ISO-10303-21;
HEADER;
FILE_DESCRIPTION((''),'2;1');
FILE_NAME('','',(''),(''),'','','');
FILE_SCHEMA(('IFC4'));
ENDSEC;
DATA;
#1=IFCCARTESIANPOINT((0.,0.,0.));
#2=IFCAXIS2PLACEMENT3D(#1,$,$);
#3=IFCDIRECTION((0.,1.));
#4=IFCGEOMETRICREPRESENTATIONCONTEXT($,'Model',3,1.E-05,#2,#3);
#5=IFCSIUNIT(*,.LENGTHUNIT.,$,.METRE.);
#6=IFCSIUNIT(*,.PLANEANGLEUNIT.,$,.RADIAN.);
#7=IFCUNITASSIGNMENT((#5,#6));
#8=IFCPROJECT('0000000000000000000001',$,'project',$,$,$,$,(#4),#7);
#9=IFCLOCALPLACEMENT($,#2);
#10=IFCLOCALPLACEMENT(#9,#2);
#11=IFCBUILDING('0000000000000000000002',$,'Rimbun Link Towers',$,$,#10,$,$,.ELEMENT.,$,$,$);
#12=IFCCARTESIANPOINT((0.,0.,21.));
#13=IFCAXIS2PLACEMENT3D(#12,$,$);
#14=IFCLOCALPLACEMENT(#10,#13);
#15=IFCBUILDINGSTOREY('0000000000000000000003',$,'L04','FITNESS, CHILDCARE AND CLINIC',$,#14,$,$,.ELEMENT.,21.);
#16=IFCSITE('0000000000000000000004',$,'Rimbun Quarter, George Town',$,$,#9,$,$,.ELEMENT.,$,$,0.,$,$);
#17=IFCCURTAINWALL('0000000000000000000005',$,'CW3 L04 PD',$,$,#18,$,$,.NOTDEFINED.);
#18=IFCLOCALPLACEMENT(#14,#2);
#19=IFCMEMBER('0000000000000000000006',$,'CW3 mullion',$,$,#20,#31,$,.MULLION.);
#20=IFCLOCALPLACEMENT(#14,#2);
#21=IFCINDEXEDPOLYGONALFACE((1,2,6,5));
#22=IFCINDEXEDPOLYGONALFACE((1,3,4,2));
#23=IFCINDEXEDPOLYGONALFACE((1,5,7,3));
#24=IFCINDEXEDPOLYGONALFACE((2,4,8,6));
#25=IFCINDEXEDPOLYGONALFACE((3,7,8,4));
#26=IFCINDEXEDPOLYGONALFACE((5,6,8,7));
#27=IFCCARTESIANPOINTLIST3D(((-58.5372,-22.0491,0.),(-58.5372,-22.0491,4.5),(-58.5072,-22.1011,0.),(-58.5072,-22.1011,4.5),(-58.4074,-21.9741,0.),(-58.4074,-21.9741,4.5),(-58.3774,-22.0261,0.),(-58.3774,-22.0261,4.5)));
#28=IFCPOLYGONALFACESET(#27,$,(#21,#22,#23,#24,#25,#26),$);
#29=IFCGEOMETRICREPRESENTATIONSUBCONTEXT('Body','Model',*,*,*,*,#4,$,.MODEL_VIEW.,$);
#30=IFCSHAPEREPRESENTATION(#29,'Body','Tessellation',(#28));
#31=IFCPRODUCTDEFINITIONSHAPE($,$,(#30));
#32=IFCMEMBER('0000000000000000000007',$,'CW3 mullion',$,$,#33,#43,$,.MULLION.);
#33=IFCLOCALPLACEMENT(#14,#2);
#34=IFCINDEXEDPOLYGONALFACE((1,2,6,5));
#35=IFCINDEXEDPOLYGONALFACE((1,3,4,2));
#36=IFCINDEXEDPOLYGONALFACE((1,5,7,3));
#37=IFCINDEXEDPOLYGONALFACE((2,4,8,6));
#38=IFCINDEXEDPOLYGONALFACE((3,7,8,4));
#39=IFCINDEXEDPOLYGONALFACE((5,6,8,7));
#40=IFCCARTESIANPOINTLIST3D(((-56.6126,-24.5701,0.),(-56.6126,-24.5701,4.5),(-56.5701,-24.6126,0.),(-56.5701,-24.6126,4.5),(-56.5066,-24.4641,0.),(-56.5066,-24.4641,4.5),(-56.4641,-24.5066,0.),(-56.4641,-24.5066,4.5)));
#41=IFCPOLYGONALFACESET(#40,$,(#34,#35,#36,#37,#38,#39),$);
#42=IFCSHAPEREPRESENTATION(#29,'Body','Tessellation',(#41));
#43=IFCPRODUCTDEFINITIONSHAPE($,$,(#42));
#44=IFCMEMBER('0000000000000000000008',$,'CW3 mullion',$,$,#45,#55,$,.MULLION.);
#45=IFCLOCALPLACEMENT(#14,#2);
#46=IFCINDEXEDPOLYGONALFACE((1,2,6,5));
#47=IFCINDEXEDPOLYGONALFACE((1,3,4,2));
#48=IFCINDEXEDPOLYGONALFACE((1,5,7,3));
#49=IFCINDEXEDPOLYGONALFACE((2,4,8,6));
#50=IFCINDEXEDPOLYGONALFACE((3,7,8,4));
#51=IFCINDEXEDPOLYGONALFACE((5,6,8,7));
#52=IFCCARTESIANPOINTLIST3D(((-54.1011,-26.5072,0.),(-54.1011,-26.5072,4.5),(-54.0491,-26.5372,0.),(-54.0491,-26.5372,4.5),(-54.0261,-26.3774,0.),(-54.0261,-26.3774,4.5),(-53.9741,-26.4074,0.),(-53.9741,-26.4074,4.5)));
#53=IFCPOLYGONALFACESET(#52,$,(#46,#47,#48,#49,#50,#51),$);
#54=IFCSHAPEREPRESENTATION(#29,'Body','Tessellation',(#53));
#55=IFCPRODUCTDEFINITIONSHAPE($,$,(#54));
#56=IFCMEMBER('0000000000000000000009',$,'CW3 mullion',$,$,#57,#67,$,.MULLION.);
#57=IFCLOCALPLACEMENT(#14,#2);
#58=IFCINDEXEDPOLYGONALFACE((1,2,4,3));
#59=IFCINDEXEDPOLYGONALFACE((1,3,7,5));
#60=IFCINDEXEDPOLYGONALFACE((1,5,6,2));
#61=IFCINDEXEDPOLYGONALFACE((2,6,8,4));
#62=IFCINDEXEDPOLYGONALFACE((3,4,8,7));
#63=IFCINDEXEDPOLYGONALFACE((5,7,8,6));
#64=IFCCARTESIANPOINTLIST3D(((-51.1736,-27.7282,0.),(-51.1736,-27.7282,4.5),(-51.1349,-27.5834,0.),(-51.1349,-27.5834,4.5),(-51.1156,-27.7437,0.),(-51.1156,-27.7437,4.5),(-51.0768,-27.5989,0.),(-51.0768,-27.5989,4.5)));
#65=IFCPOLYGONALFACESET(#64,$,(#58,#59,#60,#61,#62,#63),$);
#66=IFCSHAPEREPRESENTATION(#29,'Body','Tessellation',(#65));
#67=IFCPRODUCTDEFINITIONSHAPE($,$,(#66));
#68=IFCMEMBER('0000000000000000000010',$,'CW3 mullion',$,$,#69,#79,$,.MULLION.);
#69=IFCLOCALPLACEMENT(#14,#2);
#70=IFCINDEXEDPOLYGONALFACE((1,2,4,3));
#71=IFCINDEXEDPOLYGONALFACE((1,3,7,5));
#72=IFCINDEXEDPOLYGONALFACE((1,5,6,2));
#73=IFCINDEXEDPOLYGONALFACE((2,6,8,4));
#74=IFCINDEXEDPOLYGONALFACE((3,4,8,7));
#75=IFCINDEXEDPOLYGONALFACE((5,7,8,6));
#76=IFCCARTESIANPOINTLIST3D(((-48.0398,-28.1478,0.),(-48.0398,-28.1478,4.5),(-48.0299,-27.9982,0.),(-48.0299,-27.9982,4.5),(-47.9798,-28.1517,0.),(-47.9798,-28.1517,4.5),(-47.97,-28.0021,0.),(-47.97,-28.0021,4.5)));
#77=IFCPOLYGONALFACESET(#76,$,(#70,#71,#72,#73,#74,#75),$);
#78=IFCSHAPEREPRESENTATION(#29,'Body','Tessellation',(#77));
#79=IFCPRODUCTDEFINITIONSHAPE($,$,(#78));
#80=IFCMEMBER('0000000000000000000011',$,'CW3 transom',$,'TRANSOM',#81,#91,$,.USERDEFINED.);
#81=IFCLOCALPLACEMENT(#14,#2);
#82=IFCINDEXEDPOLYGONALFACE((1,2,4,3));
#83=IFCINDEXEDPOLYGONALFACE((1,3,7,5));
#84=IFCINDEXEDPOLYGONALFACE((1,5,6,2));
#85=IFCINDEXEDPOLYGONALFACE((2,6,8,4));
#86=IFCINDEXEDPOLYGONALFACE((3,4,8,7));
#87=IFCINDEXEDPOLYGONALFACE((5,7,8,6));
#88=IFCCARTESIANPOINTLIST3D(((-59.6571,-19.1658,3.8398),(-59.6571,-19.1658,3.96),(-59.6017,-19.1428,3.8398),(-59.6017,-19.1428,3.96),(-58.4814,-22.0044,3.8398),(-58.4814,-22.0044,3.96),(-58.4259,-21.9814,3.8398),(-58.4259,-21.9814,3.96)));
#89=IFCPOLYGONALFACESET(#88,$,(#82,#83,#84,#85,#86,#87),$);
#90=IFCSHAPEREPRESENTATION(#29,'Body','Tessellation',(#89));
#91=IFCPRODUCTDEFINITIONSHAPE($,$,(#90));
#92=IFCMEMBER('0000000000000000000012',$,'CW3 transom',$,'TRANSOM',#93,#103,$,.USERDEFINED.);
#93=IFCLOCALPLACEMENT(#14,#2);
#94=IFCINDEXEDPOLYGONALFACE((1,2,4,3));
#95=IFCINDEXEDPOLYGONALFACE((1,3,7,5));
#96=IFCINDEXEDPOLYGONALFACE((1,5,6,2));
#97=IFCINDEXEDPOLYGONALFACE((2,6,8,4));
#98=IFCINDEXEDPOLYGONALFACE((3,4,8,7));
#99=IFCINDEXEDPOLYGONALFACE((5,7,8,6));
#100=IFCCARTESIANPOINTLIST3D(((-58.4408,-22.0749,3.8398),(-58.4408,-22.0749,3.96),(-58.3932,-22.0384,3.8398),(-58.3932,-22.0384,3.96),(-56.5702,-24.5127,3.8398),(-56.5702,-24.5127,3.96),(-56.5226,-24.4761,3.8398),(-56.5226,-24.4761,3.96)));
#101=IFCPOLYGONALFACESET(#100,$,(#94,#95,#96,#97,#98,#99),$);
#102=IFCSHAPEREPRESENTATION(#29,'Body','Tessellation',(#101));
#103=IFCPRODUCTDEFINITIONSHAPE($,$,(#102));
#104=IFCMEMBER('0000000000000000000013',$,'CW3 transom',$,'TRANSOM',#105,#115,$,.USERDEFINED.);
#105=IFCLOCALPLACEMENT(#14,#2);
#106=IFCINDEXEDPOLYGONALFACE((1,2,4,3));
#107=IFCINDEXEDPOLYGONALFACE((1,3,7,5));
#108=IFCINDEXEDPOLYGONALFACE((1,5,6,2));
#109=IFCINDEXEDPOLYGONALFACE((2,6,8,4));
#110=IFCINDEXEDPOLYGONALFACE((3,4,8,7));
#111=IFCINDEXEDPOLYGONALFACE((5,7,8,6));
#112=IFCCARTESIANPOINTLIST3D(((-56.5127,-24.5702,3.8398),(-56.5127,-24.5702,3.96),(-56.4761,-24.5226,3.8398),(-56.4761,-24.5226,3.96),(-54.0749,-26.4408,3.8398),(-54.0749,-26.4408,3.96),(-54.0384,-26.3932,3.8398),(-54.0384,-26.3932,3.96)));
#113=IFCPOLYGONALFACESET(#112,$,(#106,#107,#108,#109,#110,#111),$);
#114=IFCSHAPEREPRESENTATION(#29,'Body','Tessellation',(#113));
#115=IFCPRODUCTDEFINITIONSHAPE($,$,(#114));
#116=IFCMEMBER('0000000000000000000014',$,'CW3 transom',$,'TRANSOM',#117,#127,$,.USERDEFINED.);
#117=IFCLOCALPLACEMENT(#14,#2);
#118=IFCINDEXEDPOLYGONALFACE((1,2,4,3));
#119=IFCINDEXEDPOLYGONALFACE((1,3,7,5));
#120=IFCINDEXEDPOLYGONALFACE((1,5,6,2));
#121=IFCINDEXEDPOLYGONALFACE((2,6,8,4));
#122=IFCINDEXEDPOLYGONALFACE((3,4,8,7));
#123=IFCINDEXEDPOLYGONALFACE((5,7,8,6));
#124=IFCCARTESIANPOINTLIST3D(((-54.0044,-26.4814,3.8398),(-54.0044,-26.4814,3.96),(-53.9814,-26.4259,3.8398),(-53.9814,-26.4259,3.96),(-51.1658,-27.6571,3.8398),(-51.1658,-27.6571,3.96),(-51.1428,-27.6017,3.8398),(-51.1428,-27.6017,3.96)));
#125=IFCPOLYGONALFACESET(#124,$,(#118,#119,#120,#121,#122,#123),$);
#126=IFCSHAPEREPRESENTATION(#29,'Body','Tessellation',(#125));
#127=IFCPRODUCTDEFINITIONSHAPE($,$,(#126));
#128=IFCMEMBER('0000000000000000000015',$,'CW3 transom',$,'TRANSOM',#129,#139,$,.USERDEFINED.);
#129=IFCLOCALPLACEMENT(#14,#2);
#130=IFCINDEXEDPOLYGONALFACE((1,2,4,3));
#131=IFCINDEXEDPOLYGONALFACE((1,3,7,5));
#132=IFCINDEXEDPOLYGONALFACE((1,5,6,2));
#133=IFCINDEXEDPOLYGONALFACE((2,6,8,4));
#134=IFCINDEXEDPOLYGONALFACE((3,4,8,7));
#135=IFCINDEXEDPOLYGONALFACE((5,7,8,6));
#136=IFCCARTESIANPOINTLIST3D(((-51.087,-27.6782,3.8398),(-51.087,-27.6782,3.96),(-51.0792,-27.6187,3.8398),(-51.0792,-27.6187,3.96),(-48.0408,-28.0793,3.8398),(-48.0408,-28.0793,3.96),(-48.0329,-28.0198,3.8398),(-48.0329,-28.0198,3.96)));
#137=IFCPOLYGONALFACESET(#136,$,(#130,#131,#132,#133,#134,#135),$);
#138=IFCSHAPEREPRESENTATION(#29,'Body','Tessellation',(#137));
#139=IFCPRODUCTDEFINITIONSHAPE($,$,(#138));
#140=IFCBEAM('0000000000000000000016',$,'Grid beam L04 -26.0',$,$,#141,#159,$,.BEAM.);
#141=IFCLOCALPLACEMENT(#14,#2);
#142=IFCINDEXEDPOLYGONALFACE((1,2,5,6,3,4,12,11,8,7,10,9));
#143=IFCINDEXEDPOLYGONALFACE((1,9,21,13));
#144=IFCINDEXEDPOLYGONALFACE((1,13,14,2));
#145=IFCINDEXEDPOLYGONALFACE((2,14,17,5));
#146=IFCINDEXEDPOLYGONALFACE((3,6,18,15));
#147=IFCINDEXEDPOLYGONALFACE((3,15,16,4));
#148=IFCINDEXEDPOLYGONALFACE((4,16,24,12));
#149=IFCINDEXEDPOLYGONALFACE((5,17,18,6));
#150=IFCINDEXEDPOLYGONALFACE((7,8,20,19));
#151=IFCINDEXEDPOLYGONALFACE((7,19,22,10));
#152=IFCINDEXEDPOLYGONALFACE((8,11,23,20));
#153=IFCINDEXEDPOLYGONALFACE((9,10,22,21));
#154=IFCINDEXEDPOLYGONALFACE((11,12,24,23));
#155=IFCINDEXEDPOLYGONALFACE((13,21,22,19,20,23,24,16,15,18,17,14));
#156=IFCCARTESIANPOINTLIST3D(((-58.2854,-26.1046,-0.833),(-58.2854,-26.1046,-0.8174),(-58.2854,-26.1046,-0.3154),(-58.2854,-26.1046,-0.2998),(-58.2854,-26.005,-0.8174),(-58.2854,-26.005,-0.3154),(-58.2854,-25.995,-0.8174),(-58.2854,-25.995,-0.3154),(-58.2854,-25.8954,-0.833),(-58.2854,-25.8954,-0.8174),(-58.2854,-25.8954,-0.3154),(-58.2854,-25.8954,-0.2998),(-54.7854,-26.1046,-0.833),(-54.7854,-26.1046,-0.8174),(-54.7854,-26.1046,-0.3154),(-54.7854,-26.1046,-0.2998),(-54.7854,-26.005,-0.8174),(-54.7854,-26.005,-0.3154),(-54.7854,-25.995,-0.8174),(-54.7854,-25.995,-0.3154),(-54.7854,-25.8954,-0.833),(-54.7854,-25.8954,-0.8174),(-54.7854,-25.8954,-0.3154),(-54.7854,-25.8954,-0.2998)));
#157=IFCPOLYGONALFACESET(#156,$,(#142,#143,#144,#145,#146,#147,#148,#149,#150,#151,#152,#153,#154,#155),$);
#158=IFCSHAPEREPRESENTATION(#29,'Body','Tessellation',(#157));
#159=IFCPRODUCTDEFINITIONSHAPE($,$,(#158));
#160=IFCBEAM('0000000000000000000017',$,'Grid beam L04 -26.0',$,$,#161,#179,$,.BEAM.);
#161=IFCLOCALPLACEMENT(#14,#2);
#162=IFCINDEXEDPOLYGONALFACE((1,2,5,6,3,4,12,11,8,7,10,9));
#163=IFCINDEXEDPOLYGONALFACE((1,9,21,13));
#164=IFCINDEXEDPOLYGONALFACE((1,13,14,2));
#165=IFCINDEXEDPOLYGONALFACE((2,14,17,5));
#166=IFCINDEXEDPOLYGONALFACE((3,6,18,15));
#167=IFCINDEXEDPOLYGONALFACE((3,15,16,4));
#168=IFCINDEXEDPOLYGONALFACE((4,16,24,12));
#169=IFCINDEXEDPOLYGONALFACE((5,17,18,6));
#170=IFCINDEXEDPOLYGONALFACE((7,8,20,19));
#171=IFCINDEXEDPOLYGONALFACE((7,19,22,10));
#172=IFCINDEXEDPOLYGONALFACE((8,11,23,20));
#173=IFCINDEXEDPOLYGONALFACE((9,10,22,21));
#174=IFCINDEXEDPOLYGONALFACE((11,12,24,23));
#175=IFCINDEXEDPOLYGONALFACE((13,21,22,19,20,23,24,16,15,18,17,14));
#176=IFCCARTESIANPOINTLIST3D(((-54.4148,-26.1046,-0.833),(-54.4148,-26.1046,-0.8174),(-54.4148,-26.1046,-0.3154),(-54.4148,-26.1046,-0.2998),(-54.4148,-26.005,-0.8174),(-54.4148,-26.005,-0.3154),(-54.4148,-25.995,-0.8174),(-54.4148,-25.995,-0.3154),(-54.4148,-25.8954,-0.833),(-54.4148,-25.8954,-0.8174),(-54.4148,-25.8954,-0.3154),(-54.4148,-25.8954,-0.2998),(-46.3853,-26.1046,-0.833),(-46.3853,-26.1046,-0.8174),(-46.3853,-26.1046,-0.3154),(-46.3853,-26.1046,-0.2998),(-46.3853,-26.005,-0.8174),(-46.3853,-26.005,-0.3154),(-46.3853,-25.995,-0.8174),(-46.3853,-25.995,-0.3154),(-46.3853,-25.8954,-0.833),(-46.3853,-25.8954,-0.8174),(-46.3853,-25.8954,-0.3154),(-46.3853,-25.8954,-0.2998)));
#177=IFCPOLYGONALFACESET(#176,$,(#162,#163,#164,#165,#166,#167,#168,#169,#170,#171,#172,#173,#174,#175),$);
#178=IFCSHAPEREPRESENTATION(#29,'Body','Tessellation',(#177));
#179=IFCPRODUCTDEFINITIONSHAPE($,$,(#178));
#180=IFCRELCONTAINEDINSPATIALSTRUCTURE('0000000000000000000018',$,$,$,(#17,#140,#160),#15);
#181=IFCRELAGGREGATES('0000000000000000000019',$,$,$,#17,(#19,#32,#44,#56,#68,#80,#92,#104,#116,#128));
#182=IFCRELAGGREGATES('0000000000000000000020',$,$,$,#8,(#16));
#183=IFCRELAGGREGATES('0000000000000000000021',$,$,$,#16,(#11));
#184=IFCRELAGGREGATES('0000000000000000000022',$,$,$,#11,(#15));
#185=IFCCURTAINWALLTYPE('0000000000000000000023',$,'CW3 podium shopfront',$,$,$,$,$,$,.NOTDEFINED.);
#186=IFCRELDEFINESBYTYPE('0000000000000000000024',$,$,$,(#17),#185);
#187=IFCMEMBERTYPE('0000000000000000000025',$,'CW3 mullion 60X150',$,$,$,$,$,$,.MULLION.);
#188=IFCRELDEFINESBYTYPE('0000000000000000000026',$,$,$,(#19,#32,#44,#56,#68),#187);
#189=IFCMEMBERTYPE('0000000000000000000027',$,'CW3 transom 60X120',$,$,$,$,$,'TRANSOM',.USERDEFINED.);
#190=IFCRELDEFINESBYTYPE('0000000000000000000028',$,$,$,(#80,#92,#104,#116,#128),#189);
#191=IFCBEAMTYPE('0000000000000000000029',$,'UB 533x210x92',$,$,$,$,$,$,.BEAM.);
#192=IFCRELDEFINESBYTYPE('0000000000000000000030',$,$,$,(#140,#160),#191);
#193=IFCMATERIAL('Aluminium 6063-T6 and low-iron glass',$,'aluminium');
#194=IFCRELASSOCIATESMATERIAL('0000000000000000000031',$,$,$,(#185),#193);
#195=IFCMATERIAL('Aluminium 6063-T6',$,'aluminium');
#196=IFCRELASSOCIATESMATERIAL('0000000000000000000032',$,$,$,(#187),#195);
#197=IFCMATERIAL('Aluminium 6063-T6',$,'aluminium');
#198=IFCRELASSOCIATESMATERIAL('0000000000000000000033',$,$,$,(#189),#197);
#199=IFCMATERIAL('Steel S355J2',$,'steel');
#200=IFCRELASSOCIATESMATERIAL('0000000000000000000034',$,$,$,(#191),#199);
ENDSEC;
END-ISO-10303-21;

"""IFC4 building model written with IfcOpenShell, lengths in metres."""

from ifc_helpers import new_model, si_unit, direction, frame, origin, origin_2d, place, context, subcontext, project, spatial, rectangle, i_section, extrude, material, material_profile, profile_set, type_object, element, aggregate, save


model = new_model("IFC4")

# Units and contexts
model_context = context("Model", 3, precision=1e-05, world=origin(), true_north=direction((0.0, 1.0)))
body_context = subcontext(model_context, "Body", "Model", "MODEL_VIEW")
ifc_project = project(units=[si_unit("LENGTHUNIT", "METRE"), si_unit("PLANEANGLEUNIT", "RADIAN")], contexts=[model_context])

# Site, building, storey
site_placement = place(None, origin())
site = spatial("IfcSite", under=ifc_project, at=site_placement, Name="Rimbun Quarter, George Town", CompositionType="ELEMENT", RefElevation=0.0)
building_placement = place(site_placement, origin())
building = spatial("IfcBuilding", under=site, at=building_placement, Name="Rimbun Link Towers", CompositionType="ELEMENT")
storey_placement = place(building_placement, frame((0.0, 0.0, 21.0)))
storey = spatial("IfcBuildingStorey", under=building, at=storey_placement, Name="L04", Description="FITNESS, CHILDCARE AND CLINIC", CompositionType="ELEMENT", Elevation=21.0)

# Curtain wall, members
ifc_material_1 = material(Name="Aluminium 6063-T6 and low-iron glass", Category="aluminium")
curtain_wall_type = type_object("IfcCurtainWallType", Name="CW3 podium shopfront", PredefinedType="NOTDEFINED", material=ifc_material_1)
curtain_wall_placement = place(storey_placement, origin())
curtain_wall = element("IfcCurtainWall", 1, at=curtain_wall_placement, inside=storey, type_object=curtain_wall_type, Name="CW3 L04 PD", PredefinedType="NOTDEFINED")
ifc_material_2 = material(Name="Aluminium 6063-T6", Category="aluminium")
ifc_material_profile_1 = material_profile(ifc_material_2, rectangle(XDim=0.1499, YDim=0.0601, at=origin_2d()), Name="MULLION 60X150")
ifc_profile_set_1 = profile_set([ifc_material_profile_1], Name="Aluminium 6063-T6")
member_type_1 = type_object("IfcMemberType", Name="CW3 mullion 60X150", PredefinedType="MULLION", material=ifc_profile_set_1)
member_1_placement = place(storey_placement, frame((-58.4573, -22.0376, 0.0), z_axis=(0.0, 0.0, 1.0), x_axis=(-0.866029, -0.499994, 0.0)))
member_1 = element("IfcMember", 2, at=member_1_placement, type_object=member_type_1, Name="CW3 mullion", PredefinedType="MULLION", context=body_context, shape_type="SweptSolid", body=[
    extrude(rectangle(XDim=0.1499, YDim=0.0601, at=origin_2d()), origin(), (0.0, 0.0, 1.0), 4.5),
])
member_2_placement = place(storey_placement, frame((-56.5383, -24.5383, 0.0), z_axis=(0.0, 0.0, 1.0), x_axis=(-0.707107, -0.707107, 0.0)))
member_2 = element("IfcMember", 3, at=member_2_placement, type_object=member_type_1, Name="CW3 mullion", PredefinedType="MULLION", context=body_context, shape_type="SweptSolid", body=[
    extrude(rectangle(XDim=0.1499, YDim=0.0601, at=origin_2d()), origin(), (0.0, 0.0, 1.0), 4.5),
])
member_3_placement = place(storey_placement, frame((-54.0376, -26.4573, 0.0), z_axis=(0.0, 0.0, 1.0), x_axis=(-0.499994, -0.866029, 0.0)))
member_3 = element("IfcMember", 4, at=member_3_placement, type_object=member_type_1, Name="CW3 mullion", PredefinedType="MULLION", context=body_context, shape_type="SweptSolid", body=[
    extrude(rectangle(XDim=0.1499, YDim=0.0601, at=origin_2d()), origin(), (0.0, 0.0, 1.0), 4.5),
])
member_4_placement = place(storey_placement, frame((-51.1252, -27.6636, 0.0), z_axis=(0.0, 0.0, 1.0), x_axis=(-0.258819, -0.965926, 0.0)))
member_4 = element("IfcMember", 5, at=member_4_placement, type_object=member_type_1, Name="CW3 mullion", PredefinedType="MULLION", context=body_context, shape_type="SweptSolid", body=[
    extrude(rectangle(XDim=0.1499, YDim=0.0601, at=origin_2d()), origin(), (0.0, 0.0, 1.0), 4.5),
])
member_5_placement = place(storey_placement, frame((-48.0049, -28.075, 0.0), z_axis=(0.0, 0.0, 1.0), x_axis=(-0.065405, -0.997859, 0.0)))
member_5 = element("IfcMember", 6, at=member_5_placement, type_object=member_type_1, Name="CW3 mullion", PredefinedType="MULLION", context=body_context, shape_type="SweptSolid", body=[
    extrude(rectangle(XDim=0.1499, YDim=0.0601, at=origin_2d()), origin(), (0.0, 0.0, 1.0), 4.5),
])
ifc_material_3 = material(Name="Aluminium 6063-T6", Category="aluminium")
ifc_material_profile_2 = material_profile(ifc_material_3, rectangle(XDim=0.0601, YDim=0.1201, at=origin_2d()), Name="TRANSOM 60X120")
ifc_profile_set_2 = profile_set([ifc_material_profile_2], Name="Aluminium 6063-T6")
member_type_2 = type_object("IfcMemberType", Name="CW3 transom 60X120", ElementType="TRANSOM", PredefinedType="USERDEFINED", material=ifc_profile_set_2)
member_6_placement = place(storey_placement, frame((-58.4536, -21.9929, 3.8999), z_axis=(-0.382679, 0.923881, 0.0), x_axis=(-0.923881, -0.382679, 0.0)))
member_6 = element("IfcMember", 7, at=member_6_placement, type_object=member_type_2, Name="CW3 transom", ObjectType="TRANSOM", PredefinedType="USERDEFINED", context=body_context, shape_type="SweptSolid", body=[
    extrude(rectangle(XDim=0.0601, YDim=0.1201, at=origin_2d()), origin(), (0.0, 0.0, 1.0), 3.0725),
])
member_7_placement = place(storey_placement, frame((-56.5464, -24.4944, 3.8999), z_axis=(-0.608773, 0.793344, 0.0), x_axis=(-0.793344, -0.608773, 0.0)))
member_7 = element("IfcMember", 8, at=member_7_placement, type_object=member_type_2, Name="CW3 transom", ObjectType="TRANSOM", PredefinedType="USERDEFINED", context=body_context, shape_type="SweptSolid", body=[
    extrude(rectangle(XDim=0.0601, YDim=0.1201, at=origin_2d()), origin(), (0.0, 0.0, 1.0), 3.0728),
])
member_8_placement = place(storey_placement, frame((-54.0566, -26.417, 3.8999), z_axis=(-0.793344, 0.608773, 0.0), x_axis=(-0.608773, -0.793344, 0.0)))
member_8 = element("IfcMember", 9, at=member_8_placement, type_object=member_type_2, Name="CW3 transom", ObjectType="TRANSOM", PredefinedType="USERDEFINED", context=body_context, shape_type="SweptSolid", body=[
    extrude(rectangle(XDim=0.0601, YDim=0.1201, at=origin_2d()), origin(), (0.0, 0.0, 1.0), 3.0728),
])
member_9_placement = place(storey_placement, frame((-51.1543, -27.6294, 3.8999), z_axis=(-0.923881, 0.382679, 0.0), x_axis=(-0.382679, -0.923881, 0.0)))
member_9 = element("IfcMember", 10, at=member_9_placement, type_object=member_type_2, Name="CW3 transom", ObjectType="TRANSOM", PredefinedType="USERDEFINED", context=body_context, shape_type="SweptSolid", body=[
    extrude(rectangle(XDim=0.0601, YDim=0.1201, at=origin_2d()), origin(), (0.0, 0.0, 1.0), 3.0725),
])
member_10_placement = place(storey_placement, frame((-48.0369, -28.0496, 3.8999), z_axis=(-0.991441, 0.130555, 0.0), x_axis=(-0.130555, -0.991441, 0.0)))
member_10 = element("IfcMember", 11, at=member_10_placement, type_object=member_type_2, Name="CW3 transom", ObjectType="TRANSOM", PredefinedType="USERDEFINED", context=body_context, shape_type="SweptSolid", body=[
    extrude(rectangle(XDim=0.0601, YDim=0.1201, at=origin_2d()), origin(), (0.0, 0.0, 1.0), 3.0725),
])

# Beams
ifc_material_4 = material(Name="Steel S355J2", Category="steel")
ifc_material_profile_3 = material_profile(ifc_material_4, i_section(OverallWidth=0.2092, OverallDepth=0.5332, WebThickness=0.01, FlangeThickness=0.0156, at=origin_2d()), Name="UB 533x210x92")
ifc_profile_set_3 = profile_set([ifc_material_profile_3], Name="Steel S355J2")
beam_type = type_object("IfcBeamType", Name="UB 533x210x92", PredefinedType="BEAM", material=ifc_profile_set_3)
beam_1_placement = place(storey_placement, frame((-58.2854, -26.0, -0.5664), z_axis=(1.0, 0.0, 0.0), x_axis=(0.0, 1.0, 0.0)))
element("IfcBeam", 12, at=beam_1_placement, inside=storey, type_object=beam_type, Name="Grid beam L04 -26.0", PredefinedType="BEAM", context=body_context, shape_type="SweptSolid", body=[
    extrude(i_section(OverallWidth=0.2092, OverallDepth=0.5332, WebThickness=0.01, FlangeThickness=0.0156, at=origin_2d()), origin(), (0.0, 0.0, 1.0), 3.5),
])
beam_2_placement = place(storey_placement, frame((-54.4148, -26.0, -0.5664), z_axis=(1.0, 0.0, 0.0), x_axis=(0.0, 1.0, 0.0)))
element("IfcBeam", 13, at=beam_2_placement, inside=storey, type_object=beam_type, Name="Grid beam L04 -26.0", PredefinedType="BEAM", context=body_context, shape_type="SweptSolid", body=[
    extrude(i_section(OverallWidth=0.2092, OverallDepth=0.5332, WebThickness=0.01, FlangeThickness=0.0156, at=origin_2d()), origin(), (0.0, 0.0, 1.0), 8.0295),
])

aggregate(curtain_wall, [member_1, member_2, member_3, member_4, member_5, member_6, member_7, member_8, member_9, member_10])

save(model, "model.ifc")
